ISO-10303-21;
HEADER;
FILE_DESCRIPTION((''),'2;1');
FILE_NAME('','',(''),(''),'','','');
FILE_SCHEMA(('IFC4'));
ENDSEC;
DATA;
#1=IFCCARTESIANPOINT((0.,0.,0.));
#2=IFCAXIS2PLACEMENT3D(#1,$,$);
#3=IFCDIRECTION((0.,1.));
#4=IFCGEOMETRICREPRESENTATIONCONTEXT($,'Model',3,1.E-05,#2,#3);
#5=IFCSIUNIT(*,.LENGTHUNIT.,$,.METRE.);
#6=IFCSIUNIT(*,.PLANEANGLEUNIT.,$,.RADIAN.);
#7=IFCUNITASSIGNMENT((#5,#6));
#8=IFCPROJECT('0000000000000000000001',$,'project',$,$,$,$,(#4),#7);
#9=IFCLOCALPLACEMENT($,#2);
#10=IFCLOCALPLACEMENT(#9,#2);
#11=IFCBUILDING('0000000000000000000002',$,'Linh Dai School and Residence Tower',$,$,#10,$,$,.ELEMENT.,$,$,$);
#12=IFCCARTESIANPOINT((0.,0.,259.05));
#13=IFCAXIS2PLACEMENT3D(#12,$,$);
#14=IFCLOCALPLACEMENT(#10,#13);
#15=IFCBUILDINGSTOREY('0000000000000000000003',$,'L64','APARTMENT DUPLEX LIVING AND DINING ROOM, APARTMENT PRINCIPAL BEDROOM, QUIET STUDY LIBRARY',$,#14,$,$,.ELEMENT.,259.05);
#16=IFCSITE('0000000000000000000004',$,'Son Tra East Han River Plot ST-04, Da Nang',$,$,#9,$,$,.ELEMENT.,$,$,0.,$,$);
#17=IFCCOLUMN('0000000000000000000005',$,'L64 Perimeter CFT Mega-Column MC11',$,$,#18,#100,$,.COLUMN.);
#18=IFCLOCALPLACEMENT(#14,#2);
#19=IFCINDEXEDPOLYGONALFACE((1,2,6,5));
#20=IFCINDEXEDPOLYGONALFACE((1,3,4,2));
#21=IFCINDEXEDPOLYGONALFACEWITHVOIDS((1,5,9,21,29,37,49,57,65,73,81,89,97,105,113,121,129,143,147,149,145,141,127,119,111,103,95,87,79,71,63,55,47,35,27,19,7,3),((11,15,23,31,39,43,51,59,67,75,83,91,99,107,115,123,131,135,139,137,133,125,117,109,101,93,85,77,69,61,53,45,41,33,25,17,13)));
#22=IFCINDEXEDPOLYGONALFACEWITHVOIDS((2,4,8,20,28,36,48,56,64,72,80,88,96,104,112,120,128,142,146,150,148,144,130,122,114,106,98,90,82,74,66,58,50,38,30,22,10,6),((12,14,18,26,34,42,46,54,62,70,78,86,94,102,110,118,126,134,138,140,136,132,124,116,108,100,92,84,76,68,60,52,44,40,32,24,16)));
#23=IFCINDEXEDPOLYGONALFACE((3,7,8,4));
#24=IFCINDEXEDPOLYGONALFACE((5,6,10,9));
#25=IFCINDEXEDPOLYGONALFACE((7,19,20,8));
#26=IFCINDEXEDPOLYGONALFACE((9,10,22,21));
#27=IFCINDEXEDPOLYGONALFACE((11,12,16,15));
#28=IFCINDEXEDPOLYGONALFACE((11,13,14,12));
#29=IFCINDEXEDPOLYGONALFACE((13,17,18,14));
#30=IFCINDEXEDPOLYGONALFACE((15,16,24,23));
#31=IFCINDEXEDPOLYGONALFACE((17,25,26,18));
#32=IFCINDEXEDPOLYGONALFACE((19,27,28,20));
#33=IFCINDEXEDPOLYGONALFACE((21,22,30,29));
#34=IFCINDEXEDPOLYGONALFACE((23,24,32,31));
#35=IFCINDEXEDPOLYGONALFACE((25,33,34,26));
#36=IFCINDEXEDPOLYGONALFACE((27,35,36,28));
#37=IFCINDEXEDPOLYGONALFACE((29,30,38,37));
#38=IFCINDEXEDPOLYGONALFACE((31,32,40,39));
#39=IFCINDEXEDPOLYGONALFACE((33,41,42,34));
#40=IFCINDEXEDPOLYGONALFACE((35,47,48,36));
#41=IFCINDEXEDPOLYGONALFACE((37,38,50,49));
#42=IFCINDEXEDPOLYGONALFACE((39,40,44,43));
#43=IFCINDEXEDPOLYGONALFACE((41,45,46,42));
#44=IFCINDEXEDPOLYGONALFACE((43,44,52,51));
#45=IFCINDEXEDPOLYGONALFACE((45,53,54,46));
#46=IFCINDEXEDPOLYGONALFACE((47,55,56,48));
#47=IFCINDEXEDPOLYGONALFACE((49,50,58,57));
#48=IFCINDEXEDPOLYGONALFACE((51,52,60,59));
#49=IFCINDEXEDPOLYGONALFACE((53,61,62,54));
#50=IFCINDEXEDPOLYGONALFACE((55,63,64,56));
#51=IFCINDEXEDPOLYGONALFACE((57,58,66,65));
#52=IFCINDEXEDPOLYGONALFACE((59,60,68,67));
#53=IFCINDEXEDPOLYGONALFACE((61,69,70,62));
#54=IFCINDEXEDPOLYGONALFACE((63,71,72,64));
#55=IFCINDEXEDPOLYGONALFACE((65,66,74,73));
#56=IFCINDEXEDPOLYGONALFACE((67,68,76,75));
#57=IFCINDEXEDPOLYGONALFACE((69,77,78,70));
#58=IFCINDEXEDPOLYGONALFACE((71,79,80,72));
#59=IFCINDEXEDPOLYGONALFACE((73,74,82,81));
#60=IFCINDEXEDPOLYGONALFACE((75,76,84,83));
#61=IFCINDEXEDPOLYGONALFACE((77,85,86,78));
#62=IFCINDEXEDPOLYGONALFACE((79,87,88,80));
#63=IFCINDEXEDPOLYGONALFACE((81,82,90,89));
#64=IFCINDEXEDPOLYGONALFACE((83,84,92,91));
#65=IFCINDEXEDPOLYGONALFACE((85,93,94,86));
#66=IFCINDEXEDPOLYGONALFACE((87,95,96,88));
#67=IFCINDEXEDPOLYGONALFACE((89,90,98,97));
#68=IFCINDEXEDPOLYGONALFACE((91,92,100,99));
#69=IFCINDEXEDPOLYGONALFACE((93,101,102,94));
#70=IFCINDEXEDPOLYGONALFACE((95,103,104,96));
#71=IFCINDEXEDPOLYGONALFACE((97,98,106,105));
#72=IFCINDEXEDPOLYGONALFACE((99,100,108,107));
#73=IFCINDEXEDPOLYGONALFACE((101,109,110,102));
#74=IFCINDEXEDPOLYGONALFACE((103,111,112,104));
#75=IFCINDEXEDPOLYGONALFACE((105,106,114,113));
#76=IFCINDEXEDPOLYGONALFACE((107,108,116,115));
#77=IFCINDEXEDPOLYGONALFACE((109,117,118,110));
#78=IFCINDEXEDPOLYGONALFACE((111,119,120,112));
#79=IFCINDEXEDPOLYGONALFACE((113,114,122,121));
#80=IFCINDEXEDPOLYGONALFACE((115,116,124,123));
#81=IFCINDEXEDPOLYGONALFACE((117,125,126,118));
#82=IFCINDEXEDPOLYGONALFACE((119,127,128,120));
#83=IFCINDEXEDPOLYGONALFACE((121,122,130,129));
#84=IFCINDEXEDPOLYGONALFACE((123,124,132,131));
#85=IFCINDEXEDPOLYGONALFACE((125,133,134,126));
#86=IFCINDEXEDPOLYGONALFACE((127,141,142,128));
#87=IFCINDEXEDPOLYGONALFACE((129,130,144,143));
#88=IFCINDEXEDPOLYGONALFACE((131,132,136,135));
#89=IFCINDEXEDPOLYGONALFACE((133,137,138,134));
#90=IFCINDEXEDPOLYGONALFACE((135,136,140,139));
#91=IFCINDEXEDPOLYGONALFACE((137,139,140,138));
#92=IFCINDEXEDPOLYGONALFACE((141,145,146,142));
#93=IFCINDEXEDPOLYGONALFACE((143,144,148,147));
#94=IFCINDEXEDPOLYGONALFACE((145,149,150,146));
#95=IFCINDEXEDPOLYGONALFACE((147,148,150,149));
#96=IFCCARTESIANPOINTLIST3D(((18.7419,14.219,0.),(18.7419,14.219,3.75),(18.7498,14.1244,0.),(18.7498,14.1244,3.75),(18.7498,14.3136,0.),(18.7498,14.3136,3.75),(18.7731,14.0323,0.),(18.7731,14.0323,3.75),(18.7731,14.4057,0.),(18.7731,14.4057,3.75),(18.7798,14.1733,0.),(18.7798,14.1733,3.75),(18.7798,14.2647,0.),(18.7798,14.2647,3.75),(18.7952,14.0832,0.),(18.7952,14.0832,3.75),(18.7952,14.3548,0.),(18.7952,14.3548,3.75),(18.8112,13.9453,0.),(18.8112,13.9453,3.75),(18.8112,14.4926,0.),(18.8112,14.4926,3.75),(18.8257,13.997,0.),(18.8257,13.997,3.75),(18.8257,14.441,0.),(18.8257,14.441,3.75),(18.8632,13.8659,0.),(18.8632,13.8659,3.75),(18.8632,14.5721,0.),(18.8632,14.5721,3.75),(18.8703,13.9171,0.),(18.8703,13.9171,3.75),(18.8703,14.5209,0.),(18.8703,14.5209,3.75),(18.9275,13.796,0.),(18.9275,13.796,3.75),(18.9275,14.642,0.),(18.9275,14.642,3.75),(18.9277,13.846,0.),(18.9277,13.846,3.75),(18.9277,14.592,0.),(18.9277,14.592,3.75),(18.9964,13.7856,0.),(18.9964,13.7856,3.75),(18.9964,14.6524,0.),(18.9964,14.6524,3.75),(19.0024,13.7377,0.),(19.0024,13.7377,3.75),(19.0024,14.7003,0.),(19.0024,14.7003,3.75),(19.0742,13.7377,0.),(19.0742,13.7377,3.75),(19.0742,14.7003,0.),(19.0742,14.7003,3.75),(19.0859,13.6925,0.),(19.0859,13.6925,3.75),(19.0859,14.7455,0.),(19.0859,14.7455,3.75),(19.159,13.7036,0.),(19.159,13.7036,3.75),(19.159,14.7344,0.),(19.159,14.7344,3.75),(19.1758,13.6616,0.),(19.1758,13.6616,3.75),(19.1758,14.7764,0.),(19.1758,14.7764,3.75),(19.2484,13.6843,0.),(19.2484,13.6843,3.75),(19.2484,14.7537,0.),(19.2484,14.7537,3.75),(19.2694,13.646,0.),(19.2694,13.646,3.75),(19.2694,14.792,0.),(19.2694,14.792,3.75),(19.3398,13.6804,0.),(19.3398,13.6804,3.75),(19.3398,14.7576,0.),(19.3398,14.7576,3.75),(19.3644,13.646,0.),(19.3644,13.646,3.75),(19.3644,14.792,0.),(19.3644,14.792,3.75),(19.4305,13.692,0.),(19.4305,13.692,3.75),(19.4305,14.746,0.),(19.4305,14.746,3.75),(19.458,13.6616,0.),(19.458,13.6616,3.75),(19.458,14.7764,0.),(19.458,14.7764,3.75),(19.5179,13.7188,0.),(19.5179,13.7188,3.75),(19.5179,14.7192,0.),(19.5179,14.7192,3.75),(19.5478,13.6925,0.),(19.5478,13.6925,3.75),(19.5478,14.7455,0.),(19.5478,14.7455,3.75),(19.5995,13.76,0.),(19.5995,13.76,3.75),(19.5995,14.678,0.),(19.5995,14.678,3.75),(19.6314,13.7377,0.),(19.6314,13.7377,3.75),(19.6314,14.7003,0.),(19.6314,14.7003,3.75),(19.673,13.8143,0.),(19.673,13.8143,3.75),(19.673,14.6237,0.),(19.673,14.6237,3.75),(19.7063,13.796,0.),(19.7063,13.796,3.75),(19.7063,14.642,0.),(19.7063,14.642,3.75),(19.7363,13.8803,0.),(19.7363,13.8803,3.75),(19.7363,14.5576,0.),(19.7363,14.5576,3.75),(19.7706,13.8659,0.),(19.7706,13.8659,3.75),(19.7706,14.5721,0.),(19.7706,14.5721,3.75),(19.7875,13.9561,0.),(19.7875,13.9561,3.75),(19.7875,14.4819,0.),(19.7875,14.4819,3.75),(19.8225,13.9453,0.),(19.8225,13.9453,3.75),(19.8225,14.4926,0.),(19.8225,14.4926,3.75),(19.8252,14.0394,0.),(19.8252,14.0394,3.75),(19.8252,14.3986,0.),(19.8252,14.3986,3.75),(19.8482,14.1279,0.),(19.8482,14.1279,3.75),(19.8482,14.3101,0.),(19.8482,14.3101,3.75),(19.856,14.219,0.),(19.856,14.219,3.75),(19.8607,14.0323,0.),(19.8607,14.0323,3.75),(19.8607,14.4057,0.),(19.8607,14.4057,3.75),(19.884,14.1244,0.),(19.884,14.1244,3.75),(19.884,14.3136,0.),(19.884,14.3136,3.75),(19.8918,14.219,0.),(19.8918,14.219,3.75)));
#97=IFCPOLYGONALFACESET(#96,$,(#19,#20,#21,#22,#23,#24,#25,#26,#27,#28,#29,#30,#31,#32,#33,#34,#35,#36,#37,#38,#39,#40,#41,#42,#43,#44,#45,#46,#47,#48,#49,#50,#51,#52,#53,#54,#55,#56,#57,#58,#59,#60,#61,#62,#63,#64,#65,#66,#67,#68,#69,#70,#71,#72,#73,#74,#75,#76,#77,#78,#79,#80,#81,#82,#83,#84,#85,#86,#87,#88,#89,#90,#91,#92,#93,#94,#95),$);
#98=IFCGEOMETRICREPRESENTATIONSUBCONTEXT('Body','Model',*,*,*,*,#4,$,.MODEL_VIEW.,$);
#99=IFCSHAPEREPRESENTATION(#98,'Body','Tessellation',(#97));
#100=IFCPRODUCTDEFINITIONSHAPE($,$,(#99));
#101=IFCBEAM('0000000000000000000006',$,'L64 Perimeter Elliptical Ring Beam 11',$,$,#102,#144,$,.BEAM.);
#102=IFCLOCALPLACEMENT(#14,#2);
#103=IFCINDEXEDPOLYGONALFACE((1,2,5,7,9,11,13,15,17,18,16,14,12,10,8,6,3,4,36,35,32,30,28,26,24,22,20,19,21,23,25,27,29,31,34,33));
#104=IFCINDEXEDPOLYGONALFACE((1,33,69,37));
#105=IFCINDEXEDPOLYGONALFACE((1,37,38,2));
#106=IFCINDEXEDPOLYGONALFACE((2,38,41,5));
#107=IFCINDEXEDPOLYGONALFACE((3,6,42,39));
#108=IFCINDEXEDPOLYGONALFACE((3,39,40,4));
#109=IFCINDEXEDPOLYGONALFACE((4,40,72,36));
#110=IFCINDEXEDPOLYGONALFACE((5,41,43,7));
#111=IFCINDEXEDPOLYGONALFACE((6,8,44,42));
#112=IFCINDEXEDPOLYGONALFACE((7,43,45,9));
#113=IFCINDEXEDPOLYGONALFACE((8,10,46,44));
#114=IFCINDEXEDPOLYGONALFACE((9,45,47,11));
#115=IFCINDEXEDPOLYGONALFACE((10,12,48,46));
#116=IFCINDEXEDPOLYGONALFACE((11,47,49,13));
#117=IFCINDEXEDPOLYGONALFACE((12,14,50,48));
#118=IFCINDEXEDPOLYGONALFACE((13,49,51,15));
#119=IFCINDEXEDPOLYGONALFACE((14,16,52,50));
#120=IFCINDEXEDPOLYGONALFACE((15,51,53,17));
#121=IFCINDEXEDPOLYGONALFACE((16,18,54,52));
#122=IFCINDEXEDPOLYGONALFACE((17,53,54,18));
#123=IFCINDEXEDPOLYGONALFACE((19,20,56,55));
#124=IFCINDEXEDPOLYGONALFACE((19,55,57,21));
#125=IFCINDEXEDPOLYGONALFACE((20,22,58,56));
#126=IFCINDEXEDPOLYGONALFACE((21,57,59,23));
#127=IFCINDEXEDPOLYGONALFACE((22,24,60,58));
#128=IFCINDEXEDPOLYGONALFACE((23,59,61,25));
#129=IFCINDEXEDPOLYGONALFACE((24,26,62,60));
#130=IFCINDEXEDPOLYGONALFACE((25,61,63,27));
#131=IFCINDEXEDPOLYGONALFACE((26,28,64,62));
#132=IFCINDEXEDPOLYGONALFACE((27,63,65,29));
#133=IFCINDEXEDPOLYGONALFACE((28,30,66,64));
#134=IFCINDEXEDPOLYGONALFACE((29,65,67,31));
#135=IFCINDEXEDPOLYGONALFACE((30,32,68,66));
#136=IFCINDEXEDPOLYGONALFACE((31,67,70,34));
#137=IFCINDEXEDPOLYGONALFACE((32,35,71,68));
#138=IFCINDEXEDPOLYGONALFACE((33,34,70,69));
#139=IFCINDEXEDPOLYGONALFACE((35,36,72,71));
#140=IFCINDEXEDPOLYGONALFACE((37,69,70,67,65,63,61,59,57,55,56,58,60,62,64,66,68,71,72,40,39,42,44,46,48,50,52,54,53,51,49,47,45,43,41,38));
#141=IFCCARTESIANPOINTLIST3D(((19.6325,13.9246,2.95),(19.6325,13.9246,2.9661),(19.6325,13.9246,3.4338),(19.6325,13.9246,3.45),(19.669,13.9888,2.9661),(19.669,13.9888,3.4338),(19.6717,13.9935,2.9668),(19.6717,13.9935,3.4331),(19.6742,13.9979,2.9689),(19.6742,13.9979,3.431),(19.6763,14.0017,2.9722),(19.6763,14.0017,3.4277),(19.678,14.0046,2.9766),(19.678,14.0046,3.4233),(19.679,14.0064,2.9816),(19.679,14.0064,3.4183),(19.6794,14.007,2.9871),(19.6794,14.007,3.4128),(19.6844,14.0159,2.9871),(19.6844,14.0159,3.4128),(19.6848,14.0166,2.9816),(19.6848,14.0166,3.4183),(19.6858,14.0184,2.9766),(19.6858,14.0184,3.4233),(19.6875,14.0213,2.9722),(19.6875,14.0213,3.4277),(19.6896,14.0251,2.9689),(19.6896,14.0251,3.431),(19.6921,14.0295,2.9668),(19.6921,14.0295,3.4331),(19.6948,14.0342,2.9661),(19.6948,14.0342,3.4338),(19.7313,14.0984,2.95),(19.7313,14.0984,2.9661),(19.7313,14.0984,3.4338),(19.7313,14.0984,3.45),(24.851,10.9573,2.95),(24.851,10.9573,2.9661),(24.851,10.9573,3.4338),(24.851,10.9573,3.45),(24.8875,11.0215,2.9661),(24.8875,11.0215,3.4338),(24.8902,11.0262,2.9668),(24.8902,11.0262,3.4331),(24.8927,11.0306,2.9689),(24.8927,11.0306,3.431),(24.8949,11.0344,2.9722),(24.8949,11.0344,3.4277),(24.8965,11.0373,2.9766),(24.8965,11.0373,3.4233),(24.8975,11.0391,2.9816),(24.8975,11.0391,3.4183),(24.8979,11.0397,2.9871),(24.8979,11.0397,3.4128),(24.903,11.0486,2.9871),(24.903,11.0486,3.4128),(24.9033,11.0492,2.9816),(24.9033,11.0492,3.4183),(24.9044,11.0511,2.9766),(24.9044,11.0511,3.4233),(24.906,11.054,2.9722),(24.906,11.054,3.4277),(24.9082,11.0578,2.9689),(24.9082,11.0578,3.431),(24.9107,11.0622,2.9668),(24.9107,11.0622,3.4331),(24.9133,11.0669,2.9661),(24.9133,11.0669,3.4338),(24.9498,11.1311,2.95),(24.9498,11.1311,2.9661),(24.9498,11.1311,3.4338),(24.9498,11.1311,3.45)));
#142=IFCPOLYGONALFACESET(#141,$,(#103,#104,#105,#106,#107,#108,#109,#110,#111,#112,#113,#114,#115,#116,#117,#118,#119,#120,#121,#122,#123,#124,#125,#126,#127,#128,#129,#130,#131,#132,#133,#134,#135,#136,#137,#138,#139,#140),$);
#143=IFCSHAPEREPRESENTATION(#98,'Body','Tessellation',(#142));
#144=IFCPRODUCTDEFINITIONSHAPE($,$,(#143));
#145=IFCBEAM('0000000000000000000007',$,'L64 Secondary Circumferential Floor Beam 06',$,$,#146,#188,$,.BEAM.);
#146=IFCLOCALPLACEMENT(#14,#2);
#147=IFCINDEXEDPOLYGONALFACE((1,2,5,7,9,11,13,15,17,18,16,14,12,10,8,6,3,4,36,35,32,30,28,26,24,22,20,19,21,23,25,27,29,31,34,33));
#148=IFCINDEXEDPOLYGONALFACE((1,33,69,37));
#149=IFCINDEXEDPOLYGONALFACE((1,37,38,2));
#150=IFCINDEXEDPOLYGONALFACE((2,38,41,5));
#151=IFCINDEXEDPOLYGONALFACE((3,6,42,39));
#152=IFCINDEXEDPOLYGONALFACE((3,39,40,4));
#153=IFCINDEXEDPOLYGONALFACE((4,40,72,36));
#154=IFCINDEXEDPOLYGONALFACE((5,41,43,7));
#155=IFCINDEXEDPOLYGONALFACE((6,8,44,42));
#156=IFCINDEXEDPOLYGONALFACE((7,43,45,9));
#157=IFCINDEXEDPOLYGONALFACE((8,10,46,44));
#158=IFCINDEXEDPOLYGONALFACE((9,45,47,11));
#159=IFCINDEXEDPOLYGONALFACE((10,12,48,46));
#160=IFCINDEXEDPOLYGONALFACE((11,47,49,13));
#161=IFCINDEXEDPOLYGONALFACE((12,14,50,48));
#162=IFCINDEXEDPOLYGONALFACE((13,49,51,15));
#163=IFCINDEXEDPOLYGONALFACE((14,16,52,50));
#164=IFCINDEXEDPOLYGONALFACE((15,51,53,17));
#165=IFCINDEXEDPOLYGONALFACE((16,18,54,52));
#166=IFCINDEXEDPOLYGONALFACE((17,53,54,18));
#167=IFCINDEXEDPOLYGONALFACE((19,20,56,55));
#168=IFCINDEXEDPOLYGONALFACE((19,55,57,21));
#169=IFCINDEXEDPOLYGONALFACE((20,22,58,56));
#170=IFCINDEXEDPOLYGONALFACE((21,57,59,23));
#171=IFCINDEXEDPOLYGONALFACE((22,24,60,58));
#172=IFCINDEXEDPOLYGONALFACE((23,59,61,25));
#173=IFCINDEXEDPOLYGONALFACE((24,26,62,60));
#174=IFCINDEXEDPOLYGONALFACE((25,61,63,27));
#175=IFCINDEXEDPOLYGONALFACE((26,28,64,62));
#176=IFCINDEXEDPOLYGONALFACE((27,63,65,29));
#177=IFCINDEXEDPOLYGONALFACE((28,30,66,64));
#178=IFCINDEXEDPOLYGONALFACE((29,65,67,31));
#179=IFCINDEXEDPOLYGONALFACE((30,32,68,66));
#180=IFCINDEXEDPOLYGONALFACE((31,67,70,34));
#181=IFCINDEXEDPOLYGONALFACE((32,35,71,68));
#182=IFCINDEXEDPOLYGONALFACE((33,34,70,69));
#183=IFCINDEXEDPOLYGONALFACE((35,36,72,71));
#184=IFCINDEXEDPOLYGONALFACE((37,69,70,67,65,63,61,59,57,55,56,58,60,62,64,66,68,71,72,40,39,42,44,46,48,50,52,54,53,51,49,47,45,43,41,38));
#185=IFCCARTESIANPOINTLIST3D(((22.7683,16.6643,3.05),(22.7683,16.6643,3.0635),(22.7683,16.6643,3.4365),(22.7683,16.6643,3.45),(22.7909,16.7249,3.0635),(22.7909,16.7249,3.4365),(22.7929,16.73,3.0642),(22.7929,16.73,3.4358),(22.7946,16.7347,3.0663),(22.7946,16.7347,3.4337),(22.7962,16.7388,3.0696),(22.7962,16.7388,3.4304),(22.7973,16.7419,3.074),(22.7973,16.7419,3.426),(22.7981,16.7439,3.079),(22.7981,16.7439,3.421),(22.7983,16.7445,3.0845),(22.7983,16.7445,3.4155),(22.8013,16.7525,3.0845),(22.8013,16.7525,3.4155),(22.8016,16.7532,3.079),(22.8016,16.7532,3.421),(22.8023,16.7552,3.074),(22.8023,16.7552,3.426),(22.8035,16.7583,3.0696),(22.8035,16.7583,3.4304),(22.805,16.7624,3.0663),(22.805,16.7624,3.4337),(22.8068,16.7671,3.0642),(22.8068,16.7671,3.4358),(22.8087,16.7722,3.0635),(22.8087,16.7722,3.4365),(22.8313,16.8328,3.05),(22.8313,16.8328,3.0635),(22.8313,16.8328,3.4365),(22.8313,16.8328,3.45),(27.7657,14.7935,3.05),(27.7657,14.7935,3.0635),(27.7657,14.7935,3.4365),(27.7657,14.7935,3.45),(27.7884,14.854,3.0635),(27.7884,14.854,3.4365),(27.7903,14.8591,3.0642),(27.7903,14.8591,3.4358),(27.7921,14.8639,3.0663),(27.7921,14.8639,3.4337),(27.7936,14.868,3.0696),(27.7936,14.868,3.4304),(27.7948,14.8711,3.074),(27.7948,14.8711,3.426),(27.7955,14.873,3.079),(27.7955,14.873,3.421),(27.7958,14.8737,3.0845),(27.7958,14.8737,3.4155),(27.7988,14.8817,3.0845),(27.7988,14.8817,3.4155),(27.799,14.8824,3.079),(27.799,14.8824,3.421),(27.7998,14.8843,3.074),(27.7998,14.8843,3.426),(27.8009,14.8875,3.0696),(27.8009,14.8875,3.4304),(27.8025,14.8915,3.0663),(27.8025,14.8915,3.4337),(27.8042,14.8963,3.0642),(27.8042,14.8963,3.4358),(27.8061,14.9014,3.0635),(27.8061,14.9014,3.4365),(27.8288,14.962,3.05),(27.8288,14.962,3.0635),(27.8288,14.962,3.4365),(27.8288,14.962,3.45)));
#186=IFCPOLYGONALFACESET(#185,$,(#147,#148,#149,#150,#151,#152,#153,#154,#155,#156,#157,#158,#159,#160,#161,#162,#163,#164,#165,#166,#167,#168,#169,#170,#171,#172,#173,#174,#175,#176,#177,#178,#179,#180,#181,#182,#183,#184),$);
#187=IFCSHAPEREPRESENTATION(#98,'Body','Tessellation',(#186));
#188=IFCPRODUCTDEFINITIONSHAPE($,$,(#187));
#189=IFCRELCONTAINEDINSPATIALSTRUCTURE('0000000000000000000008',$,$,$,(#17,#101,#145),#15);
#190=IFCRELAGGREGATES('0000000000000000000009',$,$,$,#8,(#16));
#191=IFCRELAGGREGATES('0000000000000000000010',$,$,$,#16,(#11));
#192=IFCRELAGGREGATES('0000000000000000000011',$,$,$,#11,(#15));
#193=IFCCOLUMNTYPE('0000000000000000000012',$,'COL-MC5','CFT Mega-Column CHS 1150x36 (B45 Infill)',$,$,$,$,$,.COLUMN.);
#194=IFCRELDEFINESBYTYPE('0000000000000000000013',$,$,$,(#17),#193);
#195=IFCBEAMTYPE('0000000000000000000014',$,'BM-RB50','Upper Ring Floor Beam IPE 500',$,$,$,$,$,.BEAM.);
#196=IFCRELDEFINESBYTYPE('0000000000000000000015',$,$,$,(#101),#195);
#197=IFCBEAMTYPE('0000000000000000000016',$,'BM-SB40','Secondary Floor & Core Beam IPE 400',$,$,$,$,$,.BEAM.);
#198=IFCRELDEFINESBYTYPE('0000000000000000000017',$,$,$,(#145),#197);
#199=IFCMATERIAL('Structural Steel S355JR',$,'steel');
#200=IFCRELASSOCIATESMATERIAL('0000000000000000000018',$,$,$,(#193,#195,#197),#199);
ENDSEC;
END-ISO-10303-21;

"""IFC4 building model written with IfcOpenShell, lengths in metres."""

from ifc_helpers import new_model, si_unit, direction, frame, origin, origin_2d, place, context, subcontext, project, spatial, hollow_circle, i_section, extrude, material, material_profile, profile_set, type_object, element, save


model = new_model("IFC4")

# Units and contexts
model_context = context("Model", 3, precision=1e-05, world=origin(), true_north=direction((0.0, 1.0)))
body_context = subcontext(model_context, "Body", "Model", "MODEL_VIEW")
ifc_project = project(units=[si_unit("LENGTHUNIT", "METRE"), si_unit("PLANEANGLEUNIT", "RADIAN")], contexts=[model_context])

# Site, building, storey
site_placement = place(None, origin())
site = spatial("IfcSite", under=ifc_project, at=site_placement, Name="Son Tra East Han River Plot ST-04, Da Nang", CompositionType="ELEMENT", RefElevation=0.0)
building_placement = place(site_placement, origin())
building = spatial("IfcBuilding", under=site, at=building_placement, Name="Linh Dai School and Residence Tower", CompositionType="ELEMENT")
storey_placement = place(building_placement, frame((0.0, 0.0, 259.05)))
storey = spatial("IfcBuildingStorey", under=building, at=storey_placement, Name="L64", Description="APARTMENT DUPLEX LIVING AND DINING ROOM, APARTMENT PRINCIPAL BEDROOM, QUIET STUDY LIBRARY", CompositionType="ELEMENT", Elevation=259.05)

# Column
ifc_material_1 = material(Name="Structural Steel S355JR", Category="steel")
ifc_material_profile_1 = material_profile(ifc_material_1, hollow_circle(Radius=0.575, WallThickness=0.0359, at=origin_2d()), Name="CHS 1150x36")
ifc_profile_set_1 = profile_set([ifc_material_profile_1], Name="Structural Steel S355JR")
column_type = type_object("IfcColumnType", Name="COL-MC5", Description="CFT Mega-Column CHS 1150x36 (B45 Infill)", PredefinedType="COLUMN", material=ifc_profile_set_1)
column_placement = place(storey_placement, frame((19.3169, 14.219, 0.0), z_axis=(0.0, 0.0, 1.0), x_axis=(1.0, 0.0, 0.0)))
element("IfcColumn", 1, at=column_placement, inside=storey, type_object=column_type, Name="L64 Perimeter CFT Mega-Column MC11", PredefinedType="COLUMN", context=body_context, shape_type="SweptSolid", body=[
    extrude(hollow_circle(Radius=0.575, WallThickness=0.0359, at=origin_2d()), origin(), (0.0, 0.0, 1.0), 3.75),
])

# Beams
ifc_material_profile_2 = material_profile(ifc_material_1, i_section(OverallWidth=0.2, OverallDepth=0.5, WebThickness=0.0103, FlangeThickness=0.0161, FilletRadius=0.021, at=origin_2d()), Name="IPE 500")
ifc_profile_set_2 = profile_set([ifc_material_profile_2], Name="Structural Steel S355JR")
beam_type_1 = type_object("IfcBeamType", Name="BM-RB50", Description="Upper Ring Floor Beam IPE 500", PredefinedType="BEAM", material=ifc_profile_set_2)
beam_1_placement = place(storey_placement, frame((19.6819, 14.0115, 3.2), z_axis=(0.869297, -0.49429, 0.0), x_axis=(0.49429, 0.869297, 0.0)))
element("IfcBeam", 2, at=beam_1_placement, inside=storey, type_object=beam_type_1, Name="L64 Perimeter Elliptical Ring Beam 11", PredefinedType="BEAM", context=body_context, shape_type="SweptSolid", body=[
    extrude(i_section(OverallWidth=0.2, OverallDepth=0.5, WebThickness=0.0103, FlangeThickness=0.0161, FilletRadius=0.021, at=origin_2d()), origin(), (0.0, 0.0, 1.0), 6.0032),
])
ifc_material_profile_3 = material_profile(ifc_material_1, i_section(OverallWidth=0.1799, OverallDepth=0.3999, WebThickness=0.0085, FlangeThickness=0.0134, FilletRadius=0.021, at=origin_2d()), Name="IPE 400")
ifc_profile_set_3 = profile_set([ifc_material_profile_3], Name="Structural Steel S355JR")
beam_type_2 = type_object("IfcBeamType", Name="BM-SB40", Description="Secondary Floor & Core Beam IPE 400", PredefinedType="BEAM", material=ifc_profile_set_3)
beam_2_placement = place(storey_placement, frame((22.7998, 16.7485, 3.25), z_axis=(0.936528, -0.350592, 0.0), x_axis=(0.350592, 0.936528, 0.0)))
element("IfcBeam", 3, at=beam_2_placement, inside=storey, type_object=beam_type_2, Name="L64 Secondary Circumferential Floor Beam 06", PredefinedType="BEAM", context=body_context, shape_type="SweptSolid", body=[
    extrude(i_section(OverallWidth=0.1799, OverallDepth=0.3999, WebThickness=0.0085, FlangeThickness=0.0134, FilletRadius=0.021, at=origin_2d()), origin(), (0.0, 0.0, 1.0), 5.3362),
])

save(model, "model.ifc")
